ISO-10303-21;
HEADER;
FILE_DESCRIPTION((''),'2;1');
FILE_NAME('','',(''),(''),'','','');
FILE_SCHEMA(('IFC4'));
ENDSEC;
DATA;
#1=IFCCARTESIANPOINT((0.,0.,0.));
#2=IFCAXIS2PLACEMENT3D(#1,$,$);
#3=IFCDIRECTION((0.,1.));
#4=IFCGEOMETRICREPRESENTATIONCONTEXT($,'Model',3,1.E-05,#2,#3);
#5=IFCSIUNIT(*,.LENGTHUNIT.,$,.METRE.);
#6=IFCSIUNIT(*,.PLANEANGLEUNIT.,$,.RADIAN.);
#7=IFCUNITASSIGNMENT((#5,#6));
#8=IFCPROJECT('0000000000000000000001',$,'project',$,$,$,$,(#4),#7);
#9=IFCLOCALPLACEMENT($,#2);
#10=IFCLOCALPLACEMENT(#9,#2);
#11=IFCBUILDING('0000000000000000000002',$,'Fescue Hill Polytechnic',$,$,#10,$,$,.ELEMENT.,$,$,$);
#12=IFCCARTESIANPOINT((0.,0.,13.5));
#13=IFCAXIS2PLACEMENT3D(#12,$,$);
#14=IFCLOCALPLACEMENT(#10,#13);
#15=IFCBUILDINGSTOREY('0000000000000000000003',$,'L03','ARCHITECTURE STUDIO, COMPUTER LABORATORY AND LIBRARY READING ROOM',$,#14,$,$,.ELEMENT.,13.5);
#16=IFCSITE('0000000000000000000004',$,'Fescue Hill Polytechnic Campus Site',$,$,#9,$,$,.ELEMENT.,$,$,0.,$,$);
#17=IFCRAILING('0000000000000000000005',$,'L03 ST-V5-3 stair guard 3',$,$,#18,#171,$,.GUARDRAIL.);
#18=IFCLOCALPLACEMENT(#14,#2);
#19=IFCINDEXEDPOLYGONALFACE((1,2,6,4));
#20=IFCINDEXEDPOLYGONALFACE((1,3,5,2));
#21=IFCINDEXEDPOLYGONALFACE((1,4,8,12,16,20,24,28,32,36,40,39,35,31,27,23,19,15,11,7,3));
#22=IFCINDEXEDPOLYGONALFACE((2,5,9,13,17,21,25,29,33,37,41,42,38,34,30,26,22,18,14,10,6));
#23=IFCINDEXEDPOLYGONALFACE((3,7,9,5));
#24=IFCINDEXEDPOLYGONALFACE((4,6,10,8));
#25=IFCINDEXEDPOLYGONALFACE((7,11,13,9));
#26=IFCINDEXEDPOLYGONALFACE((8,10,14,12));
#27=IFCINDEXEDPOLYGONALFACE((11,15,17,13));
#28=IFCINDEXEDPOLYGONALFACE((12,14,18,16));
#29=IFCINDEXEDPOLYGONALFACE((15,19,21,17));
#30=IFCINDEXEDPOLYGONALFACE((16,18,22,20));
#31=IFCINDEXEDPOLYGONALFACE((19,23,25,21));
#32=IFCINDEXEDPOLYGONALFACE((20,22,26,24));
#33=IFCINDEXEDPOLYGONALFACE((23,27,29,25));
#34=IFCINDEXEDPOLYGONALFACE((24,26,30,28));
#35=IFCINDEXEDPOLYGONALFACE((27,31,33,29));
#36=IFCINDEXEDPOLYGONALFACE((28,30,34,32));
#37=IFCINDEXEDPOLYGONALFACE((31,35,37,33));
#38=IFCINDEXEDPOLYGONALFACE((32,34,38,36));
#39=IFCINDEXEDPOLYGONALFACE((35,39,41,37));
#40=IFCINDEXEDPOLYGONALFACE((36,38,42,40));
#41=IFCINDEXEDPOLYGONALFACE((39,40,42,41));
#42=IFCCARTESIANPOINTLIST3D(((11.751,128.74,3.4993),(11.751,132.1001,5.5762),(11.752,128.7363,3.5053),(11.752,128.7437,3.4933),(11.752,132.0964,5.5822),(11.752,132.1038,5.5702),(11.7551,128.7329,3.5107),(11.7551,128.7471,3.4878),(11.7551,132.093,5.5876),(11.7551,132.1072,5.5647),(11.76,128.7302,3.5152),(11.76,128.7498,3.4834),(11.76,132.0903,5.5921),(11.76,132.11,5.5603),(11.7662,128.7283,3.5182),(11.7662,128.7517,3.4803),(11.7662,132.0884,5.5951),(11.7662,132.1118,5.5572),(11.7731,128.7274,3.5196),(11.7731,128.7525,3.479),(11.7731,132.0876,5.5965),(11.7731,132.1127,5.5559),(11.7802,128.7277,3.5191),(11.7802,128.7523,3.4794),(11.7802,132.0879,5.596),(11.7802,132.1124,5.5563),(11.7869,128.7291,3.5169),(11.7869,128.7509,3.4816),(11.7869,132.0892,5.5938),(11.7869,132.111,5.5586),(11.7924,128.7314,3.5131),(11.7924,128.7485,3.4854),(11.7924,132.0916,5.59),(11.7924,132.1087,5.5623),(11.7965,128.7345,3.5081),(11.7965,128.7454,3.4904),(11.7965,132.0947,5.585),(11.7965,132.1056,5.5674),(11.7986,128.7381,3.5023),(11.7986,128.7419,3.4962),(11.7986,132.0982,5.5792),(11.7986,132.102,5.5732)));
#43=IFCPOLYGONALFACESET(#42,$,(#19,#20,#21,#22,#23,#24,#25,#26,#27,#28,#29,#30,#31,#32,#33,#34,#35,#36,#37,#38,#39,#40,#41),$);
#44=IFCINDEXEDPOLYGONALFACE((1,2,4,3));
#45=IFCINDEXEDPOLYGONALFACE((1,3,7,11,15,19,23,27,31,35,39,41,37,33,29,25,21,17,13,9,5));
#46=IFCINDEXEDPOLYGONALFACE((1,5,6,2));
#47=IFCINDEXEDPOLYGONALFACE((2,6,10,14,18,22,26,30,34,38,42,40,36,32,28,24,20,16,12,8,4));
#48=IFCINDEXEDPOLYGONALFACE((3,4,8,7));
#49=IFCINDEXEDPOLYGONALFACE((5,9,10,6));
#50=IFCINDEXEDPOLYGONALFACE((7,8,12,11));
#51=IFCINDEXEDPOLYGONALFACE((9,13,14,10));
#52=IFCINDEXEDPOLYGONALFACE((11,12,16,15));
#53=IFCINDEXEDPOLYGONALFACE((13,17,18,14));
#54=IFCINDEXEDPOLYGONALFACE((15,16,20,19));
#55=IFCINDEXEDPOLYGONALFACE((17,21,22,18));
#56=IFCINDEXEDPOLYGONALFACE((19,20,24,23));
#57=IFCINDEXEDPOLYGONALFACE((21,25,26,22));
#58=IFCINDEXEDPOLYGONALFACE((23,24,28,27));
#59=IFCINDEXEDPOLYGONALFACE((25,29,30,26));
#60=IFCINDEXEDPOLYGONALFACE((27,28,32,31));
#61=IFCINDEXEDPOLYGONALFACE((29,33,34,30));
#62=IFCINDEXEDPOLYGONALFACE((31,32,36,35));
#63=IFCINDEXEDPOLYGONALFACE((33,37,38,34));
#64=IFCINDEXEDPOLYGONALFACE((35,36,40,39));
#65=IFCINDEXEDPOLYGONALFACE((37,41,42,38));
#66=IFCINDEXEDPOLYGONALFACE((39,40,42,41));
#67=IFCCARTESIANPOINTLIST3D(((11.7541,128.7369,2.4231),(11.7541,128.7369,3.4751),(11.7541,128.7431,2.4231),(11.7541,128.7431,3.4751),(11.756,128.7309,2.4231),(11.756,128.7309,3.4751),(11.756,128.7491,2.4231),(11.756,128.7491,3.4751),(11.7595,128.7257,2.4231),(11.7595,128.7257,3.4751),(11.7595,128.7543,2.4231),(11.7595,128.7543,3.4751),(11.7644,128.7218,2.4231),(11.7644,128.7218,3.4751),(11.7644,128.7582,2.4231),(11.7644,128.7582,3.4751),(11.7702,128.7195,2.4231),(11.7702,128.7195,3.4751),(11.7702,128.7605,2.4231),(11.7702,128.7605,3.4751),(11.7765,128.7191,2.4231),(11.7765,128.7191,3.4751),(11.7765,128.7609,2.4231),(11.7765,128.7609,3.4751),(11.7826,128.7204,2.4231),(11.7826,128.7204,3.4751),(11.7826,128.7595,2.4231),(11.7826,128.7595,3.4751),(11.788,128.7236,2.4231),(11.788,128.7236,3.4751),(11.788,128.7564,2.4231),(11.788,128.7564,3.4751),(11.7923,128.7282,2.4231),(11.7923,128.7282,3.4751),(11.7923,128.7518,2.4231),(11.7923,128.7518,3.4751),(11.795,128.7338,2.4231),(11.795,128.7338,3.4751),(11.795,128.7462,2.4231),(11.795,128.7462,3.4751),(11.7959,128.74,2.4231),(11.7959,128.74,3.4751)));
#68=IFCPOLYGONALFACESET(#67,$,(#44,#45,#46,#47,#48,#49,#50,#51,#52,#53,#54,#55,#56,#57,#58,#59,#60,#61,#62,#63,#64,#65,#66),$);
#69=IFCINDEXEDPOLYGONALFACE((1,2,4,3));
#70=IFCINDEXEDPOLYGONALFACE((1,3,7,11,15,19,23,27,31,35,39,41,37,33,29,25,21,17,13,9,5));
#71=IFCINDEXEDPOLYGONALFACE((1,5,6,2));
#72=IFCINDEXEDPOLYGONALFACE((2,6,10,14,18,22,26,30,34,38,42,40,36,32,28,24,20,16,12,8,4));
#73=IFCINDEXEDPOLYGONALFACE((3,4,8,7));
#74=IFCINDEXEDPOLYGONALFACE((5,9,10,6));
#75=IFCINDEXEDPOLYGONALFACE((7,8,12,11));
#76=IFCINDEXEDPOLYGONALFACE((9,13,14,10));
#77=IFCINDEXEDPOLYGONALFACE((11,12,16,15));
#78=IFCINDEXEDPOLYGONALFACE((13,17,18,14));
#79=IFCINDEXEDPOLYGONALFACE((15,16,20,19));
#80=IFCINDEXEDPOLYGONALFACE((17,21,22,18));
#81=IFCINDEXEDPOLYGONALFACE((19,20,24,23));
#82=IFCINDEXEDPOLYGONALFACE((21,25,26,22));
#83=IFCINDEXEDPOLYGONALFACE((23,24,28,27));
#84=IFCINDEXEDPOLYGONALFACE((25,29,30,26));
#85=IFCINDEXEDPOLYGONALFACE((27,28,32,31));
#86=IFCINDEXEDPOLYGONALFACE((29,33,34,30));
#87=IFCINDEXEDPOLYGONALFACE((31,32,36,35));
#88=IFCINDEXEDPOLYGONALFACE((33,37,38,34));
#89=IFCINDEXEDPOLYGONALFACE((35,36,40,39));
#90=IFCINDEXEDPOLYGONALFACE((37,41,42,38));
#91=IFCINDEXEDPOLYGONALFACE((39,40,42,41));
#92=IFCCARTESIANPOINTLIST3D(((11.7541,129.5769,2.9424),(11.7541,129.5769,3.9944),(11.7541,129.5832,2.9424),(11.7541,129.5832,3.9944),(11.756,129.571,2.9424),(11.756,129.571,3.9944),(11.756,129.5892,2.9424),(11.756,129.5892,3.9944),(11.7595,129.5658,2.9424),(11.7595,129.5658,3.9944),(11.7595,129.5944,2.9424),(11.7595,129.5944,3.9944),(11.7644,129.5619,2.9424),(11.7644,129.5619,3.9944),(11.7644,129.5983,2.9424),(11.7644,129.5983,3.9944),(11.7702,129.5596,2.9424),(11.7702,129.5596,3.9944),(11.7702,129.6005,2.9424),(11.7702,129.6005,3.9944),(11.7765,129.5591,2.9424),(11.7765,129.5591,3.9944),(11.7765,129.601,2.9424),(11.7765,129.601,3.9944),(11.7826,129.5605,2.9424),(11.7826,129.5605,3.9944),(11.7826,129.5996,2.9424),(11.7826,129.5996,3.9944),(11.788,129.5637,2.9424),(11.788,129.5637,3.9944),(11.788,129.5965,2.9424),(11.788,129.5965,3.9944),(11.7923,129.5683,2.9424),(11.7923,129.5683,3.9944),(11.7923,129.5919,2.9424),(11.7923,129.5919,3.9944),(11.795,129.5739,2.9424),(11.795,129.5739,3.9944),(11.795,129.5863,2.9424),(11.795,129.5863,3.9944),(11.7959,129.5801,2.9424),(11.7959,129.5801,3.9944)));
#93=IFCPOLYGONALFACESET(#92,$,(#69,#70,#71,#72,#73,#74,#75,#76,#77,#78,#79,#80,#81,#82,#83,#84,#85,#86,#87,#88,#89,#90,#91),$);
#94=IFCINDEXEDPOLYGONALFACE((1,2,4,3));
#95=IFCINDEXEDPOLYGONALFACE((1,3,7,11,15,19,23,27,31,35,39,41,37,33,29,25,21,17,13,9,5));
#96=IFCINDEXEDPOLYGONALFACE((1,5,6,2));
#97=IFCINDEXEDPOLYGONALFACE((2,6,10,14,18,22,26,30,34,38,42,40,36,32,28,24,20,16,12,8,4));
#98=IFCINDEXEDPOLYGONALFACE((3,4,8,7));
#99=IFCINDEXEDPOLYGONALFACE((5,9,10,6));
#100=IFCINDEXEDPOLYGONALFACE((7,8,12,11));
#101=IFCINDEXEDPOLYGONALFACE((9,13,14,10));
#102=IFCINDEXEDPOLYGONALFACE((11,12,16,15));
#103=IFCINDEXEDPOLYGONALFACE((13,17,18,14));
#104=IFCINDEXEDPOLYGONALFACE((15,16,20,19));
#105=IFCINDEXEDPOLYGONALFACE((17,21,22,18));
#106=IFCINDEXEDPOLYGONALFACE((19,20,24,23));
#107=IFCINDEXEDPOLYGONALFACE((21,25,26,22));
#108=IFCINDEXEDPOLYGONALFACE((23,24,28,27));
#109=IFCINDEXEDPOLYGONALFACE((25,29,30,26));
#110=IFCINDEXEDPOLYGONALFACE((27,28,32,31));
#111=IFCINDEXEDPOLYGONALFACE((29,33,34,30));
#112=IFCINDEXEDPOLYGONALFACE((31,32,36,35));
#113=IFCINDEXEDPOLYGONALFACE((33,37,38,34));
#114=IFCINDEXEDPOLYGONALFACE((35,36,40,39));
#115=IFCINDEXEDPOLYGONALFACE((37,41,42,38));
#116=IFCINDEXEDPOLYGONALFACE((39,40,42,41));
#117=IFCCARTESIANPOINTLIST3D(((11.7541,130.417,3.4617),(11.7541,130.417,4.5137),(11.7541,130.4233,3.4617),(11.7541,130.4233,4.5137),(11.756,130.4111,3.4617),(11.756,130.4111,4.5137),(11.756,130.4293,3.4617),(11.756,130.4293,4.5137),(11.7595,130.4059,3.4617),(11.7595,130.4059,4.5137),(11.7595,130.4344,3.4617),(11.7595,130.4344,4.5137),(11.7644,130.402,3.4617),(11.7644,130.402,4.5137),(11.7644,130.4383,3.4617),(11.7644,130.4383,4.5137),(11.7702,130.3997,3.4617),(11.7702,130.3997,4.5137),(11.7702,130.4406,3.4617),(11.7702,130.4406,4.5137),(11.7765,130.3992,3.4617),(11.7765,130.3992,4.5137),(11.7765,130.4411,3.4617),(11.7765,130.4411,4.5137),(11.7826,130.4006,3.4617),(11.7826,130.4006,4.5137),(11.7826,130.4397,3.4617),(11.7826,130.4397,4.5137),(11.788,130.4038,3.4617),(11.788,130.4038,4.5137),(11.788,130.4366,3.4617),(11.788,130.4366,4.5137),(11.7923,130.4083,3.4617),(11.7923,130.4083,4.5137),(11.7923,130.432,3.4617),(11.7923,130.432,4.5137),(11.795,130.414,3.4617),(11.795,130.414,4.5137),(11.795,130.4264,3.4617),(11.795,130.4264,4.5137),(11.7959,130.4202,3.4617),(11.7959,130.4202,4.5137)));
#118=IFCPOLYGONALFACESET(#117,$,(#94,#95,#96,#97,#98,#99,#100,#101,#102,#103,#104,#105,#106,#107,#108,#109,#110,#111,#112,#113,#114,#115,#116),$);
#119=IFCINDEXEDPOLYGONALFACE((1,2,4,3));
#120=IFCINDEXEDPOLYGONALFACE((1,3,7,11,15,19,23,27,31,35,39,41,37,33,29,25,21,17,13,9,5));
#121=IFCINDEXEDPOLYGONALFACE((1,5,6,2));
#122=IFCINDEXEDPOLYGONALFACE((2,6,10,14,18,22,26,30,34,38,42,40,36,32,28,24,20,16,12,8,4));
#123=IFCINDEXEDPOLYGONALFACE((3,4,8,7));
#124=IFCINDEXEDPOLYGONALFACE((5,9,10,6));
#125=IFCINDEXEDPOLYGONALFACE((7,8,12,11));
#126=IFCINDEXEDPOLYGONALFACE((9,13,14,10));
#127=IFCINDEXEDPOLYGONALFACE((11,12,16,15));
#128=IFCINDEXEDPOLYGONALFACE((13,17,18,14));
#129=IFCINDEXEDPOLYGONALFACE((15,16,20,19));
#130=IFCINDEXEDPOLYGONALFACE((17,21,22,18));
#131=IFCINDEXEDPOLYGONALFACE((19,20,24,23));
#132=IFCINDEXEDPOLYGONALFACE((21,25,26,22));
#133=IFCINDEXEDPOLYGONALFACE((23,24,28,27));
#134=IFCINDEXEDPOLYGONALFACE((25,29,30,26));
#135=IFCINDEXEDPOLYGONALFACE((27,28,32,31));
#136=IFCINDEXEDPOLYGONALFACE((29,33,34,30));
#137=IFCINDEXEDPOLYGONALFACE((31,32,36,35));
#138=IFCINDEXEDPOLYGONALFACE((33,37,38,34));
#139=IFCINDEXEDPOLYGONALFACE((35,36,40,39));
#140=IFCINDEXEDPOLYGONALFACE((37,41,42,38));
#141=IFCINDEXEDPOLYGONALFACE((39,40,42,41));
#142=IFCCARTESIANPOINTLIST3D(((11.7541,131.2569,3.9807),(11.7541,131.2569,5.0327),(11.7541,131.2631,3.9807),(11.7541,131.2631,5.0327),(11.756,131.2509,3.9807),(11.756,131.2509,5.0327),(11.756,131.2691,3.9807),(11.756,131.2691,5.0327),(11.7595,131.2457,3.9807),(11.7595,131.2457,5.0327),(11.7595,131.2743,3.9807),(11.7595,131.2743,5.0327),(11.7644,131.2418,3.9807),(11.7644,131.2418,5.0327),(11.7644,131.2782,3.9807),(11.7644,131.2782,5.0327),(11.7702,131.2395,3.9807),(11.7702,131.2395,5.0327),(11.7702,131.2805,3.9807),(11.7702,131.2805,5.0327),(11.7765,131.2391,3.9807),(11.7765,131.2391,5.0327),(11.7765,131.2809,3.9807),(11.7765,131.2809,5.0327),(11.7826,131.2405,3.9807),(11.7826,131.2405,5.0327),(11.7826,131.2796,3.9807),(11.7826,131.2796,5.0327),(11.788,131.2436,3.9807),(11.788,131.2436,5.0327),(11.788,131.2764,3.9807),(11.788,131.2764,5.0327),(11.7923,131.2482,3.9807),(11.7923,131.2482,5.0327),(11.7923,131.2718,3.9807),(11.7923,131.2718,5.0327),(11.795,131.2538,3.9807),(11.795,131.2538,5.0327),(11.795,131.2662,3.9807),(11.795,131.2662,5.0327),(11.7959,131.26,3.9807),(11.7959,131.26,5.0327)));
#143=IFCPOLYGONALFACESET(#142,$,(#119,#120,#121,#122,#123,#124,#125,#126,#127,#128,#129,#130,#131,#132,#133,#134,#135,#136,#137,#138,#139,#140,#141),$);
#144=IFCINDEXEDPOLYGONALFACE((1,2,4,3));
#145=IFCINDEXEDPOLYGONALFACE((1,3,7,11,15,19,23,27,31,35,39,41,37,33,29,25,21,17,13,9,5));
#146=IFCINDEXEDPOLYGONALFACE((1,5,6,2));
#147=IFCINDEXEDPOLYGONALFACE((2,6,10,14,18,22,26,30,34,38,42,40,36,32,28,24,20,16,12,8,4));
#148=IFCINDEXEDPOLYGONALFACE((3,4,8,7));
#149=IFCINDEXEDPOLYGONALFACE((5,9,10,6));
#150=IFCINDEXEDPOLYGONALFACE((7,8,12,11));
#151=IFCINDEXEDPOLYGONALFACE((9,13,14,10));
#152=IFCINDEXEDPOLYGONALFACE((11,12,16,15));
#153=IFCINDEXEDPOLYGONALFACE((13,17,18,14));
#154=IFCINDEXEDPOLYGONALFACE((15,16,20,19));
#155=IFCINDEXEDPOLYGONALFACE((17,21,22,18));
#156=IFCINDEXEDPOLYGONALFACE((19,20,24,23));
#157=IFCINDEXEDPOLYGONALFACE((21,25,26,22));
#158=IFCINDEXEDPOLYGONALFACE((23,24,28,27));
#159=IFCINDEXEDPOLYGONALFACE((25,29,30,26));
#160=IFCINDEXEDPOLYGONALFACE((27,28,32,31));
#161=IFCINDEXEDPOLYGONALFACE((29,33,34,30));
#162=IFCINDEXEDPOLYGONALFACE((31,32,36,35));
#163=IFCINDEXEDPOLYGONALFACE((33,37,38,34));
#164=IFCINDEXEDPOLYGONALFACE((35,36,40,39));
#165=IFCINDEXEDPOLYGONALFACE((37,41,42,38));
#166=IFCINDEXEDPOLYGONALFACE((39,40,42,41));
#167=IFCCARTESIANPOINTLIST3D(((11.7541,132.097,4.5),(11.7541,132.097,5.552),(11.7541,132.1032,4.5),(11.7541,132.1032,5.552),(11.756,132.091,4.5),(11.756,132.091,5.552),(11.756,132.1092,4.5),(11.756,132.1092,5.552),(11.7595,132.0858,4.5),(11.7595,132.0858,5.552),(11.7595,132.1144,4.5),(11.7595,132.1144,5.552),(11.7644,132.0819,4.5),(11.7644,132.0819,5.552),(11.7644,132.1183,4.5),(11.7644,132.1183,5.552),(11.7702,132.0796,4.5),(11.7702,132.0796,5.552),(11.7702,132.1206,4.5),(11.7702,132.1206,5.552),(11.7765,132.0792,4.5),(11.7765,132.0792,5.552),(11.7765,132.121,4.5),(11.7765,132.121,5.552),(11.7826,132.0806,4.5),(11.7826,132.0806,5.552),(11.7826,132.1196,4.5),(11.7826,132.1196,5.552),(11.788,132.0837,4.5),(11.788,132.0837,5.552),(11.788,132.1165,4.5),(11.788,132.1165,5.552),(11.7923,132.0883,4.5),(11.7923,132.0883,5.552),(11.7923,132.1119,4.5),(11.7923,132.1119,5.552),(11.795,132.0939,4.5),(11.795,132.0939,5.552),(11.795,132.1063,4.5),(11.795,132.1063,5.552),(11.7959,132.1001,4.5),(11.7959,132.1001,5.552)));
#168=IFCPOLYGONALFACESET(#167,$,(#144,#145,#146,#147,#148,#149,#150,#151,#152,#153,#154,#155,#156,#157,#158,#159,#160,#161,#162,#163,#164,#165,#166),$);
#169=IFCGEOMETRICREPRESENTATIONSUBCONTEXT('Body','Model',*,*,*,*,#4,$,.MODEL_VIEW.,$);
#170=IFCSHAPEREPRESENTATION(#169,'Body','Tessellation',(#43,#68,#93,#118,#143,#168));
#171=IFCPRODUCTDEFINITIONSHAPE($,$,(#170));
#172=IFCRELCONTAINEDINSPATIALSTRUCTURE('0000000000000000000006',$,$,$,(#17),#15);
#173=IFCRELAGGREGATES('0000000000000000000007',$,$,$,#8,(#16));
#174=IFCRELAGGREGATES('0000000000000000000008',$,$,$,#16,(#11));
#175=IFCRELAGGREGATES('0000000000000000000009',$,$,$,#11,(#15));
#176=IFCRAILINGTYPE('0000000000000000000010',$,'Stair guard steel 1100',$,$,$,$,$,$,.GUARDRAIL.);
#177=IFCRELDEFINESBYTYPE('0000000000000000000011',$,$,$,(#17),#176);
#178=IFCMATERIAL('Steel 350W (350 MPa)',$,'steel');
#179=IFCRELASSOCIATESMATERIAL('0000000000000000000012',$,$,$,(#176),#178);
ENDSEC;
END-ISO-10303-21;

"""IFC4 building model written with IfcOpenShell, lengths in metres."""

from ifc_helpers import new_model, si_unit, direction, frame, origin, origin_2d, place, context, subcontext, project, spatial, circle, extrude, material, type_object, element, save


model = new_model("IFC4")

# Units and contexts
model_context = context("Model", 3, precision=1e-05, world=origin(), true_north=direction((0.0, 1.0)))
body_context = subcontext(model_context, "Body", "Model", "MODEL_VIEW")
ifc_project = project(units=[si_unit("LENGTHUNIT", "METRE"), si_unit("PLANEANGLEUNIT", "RADIAN")], contexts=[model_context])

# Site, building, storey
site_placement = place(None, origin())
site = spatial("IfcSite", under=ifc_project, at=site_placement, Name="Fescue Hill Polytechnic Campus Site", CompositionType="ELEMENT", RefElevation=0.0)
building_placement = place(site_placement, origin())
building = spatial("IfcBuilding", under=site, at=building_placement, Name="Fescue Hill Polytechnic", CompositionType="ELEMENT")
storey_placement = place(building_placement, frame((0.0, 0.0, 13.5)))
storey = spatial("IfcBuildingStorey", under=building, at=storey_placement, Name="L03", Description="ARCHITECTURE STUDIO, COMPUTER LABORATORY AND LIBRARY READING ROOM", CompositionType="ELEMENT", Elevation=13.5)

# Railing
ifc_material_1 = material(Name="Steel 350W (350 MPa)", Category="steel")
railing_type_1 = type_object("IfcRailingType", Name="Stair guard steel 1100", PredefinedType="GUARDRAIL", material=ifc_material_1)
railing_1_placement = place(storey_placement, frame((11.7749, 128.74, 2.4231)))
element("IfcRailing", 1, at=railing_1_placement, inside=storey, type_object=railing_type_1, Name="L03 ST-V5-3 stair guard 3", PredefinedType="GUARDRAIL", context=body_context, shape_type="SweptSolid", body=[
    extrude(circle(Radius=0.0239, at=origin_2d()), frame((0.0, 0.0, 1.0762), z_axis=(0.0, 0.850623, 0.525776), x_axis=(-1.0, 0.0, 0.0)), (0.0, 0.0, 1.0), 3.9502),
    extrude(circle(Radius=0.021, at=origin_2d()), origin(), (0.0, 0.0, 1.0), 1.052),
    extrude(circle(Radius=0.021, at=origin_2d()), frame((0.0, 0.8401, 0.5193)), (0.0, 0.0, 1.0), 1.052),
    extrude(circle(Radius=0.021, at=origin_2d()), frame((0.0, 1.6802, 1.0386)), (0.0, 0.0, 1.0), 1.052),
    extrude(circle(Radius=0.021, at=origin_2d()), frame((0.0, 2.52, 1.5576)), (0.0, 0.0, 1.0), 1.052),
    extrude(circle(Radius=0.021, at=origin_2d()), frame((0.0, 3.3601, 2.0769)), (0.0, 0.0, 1.0), 1.052),
])

save(model, "model.ifc")
